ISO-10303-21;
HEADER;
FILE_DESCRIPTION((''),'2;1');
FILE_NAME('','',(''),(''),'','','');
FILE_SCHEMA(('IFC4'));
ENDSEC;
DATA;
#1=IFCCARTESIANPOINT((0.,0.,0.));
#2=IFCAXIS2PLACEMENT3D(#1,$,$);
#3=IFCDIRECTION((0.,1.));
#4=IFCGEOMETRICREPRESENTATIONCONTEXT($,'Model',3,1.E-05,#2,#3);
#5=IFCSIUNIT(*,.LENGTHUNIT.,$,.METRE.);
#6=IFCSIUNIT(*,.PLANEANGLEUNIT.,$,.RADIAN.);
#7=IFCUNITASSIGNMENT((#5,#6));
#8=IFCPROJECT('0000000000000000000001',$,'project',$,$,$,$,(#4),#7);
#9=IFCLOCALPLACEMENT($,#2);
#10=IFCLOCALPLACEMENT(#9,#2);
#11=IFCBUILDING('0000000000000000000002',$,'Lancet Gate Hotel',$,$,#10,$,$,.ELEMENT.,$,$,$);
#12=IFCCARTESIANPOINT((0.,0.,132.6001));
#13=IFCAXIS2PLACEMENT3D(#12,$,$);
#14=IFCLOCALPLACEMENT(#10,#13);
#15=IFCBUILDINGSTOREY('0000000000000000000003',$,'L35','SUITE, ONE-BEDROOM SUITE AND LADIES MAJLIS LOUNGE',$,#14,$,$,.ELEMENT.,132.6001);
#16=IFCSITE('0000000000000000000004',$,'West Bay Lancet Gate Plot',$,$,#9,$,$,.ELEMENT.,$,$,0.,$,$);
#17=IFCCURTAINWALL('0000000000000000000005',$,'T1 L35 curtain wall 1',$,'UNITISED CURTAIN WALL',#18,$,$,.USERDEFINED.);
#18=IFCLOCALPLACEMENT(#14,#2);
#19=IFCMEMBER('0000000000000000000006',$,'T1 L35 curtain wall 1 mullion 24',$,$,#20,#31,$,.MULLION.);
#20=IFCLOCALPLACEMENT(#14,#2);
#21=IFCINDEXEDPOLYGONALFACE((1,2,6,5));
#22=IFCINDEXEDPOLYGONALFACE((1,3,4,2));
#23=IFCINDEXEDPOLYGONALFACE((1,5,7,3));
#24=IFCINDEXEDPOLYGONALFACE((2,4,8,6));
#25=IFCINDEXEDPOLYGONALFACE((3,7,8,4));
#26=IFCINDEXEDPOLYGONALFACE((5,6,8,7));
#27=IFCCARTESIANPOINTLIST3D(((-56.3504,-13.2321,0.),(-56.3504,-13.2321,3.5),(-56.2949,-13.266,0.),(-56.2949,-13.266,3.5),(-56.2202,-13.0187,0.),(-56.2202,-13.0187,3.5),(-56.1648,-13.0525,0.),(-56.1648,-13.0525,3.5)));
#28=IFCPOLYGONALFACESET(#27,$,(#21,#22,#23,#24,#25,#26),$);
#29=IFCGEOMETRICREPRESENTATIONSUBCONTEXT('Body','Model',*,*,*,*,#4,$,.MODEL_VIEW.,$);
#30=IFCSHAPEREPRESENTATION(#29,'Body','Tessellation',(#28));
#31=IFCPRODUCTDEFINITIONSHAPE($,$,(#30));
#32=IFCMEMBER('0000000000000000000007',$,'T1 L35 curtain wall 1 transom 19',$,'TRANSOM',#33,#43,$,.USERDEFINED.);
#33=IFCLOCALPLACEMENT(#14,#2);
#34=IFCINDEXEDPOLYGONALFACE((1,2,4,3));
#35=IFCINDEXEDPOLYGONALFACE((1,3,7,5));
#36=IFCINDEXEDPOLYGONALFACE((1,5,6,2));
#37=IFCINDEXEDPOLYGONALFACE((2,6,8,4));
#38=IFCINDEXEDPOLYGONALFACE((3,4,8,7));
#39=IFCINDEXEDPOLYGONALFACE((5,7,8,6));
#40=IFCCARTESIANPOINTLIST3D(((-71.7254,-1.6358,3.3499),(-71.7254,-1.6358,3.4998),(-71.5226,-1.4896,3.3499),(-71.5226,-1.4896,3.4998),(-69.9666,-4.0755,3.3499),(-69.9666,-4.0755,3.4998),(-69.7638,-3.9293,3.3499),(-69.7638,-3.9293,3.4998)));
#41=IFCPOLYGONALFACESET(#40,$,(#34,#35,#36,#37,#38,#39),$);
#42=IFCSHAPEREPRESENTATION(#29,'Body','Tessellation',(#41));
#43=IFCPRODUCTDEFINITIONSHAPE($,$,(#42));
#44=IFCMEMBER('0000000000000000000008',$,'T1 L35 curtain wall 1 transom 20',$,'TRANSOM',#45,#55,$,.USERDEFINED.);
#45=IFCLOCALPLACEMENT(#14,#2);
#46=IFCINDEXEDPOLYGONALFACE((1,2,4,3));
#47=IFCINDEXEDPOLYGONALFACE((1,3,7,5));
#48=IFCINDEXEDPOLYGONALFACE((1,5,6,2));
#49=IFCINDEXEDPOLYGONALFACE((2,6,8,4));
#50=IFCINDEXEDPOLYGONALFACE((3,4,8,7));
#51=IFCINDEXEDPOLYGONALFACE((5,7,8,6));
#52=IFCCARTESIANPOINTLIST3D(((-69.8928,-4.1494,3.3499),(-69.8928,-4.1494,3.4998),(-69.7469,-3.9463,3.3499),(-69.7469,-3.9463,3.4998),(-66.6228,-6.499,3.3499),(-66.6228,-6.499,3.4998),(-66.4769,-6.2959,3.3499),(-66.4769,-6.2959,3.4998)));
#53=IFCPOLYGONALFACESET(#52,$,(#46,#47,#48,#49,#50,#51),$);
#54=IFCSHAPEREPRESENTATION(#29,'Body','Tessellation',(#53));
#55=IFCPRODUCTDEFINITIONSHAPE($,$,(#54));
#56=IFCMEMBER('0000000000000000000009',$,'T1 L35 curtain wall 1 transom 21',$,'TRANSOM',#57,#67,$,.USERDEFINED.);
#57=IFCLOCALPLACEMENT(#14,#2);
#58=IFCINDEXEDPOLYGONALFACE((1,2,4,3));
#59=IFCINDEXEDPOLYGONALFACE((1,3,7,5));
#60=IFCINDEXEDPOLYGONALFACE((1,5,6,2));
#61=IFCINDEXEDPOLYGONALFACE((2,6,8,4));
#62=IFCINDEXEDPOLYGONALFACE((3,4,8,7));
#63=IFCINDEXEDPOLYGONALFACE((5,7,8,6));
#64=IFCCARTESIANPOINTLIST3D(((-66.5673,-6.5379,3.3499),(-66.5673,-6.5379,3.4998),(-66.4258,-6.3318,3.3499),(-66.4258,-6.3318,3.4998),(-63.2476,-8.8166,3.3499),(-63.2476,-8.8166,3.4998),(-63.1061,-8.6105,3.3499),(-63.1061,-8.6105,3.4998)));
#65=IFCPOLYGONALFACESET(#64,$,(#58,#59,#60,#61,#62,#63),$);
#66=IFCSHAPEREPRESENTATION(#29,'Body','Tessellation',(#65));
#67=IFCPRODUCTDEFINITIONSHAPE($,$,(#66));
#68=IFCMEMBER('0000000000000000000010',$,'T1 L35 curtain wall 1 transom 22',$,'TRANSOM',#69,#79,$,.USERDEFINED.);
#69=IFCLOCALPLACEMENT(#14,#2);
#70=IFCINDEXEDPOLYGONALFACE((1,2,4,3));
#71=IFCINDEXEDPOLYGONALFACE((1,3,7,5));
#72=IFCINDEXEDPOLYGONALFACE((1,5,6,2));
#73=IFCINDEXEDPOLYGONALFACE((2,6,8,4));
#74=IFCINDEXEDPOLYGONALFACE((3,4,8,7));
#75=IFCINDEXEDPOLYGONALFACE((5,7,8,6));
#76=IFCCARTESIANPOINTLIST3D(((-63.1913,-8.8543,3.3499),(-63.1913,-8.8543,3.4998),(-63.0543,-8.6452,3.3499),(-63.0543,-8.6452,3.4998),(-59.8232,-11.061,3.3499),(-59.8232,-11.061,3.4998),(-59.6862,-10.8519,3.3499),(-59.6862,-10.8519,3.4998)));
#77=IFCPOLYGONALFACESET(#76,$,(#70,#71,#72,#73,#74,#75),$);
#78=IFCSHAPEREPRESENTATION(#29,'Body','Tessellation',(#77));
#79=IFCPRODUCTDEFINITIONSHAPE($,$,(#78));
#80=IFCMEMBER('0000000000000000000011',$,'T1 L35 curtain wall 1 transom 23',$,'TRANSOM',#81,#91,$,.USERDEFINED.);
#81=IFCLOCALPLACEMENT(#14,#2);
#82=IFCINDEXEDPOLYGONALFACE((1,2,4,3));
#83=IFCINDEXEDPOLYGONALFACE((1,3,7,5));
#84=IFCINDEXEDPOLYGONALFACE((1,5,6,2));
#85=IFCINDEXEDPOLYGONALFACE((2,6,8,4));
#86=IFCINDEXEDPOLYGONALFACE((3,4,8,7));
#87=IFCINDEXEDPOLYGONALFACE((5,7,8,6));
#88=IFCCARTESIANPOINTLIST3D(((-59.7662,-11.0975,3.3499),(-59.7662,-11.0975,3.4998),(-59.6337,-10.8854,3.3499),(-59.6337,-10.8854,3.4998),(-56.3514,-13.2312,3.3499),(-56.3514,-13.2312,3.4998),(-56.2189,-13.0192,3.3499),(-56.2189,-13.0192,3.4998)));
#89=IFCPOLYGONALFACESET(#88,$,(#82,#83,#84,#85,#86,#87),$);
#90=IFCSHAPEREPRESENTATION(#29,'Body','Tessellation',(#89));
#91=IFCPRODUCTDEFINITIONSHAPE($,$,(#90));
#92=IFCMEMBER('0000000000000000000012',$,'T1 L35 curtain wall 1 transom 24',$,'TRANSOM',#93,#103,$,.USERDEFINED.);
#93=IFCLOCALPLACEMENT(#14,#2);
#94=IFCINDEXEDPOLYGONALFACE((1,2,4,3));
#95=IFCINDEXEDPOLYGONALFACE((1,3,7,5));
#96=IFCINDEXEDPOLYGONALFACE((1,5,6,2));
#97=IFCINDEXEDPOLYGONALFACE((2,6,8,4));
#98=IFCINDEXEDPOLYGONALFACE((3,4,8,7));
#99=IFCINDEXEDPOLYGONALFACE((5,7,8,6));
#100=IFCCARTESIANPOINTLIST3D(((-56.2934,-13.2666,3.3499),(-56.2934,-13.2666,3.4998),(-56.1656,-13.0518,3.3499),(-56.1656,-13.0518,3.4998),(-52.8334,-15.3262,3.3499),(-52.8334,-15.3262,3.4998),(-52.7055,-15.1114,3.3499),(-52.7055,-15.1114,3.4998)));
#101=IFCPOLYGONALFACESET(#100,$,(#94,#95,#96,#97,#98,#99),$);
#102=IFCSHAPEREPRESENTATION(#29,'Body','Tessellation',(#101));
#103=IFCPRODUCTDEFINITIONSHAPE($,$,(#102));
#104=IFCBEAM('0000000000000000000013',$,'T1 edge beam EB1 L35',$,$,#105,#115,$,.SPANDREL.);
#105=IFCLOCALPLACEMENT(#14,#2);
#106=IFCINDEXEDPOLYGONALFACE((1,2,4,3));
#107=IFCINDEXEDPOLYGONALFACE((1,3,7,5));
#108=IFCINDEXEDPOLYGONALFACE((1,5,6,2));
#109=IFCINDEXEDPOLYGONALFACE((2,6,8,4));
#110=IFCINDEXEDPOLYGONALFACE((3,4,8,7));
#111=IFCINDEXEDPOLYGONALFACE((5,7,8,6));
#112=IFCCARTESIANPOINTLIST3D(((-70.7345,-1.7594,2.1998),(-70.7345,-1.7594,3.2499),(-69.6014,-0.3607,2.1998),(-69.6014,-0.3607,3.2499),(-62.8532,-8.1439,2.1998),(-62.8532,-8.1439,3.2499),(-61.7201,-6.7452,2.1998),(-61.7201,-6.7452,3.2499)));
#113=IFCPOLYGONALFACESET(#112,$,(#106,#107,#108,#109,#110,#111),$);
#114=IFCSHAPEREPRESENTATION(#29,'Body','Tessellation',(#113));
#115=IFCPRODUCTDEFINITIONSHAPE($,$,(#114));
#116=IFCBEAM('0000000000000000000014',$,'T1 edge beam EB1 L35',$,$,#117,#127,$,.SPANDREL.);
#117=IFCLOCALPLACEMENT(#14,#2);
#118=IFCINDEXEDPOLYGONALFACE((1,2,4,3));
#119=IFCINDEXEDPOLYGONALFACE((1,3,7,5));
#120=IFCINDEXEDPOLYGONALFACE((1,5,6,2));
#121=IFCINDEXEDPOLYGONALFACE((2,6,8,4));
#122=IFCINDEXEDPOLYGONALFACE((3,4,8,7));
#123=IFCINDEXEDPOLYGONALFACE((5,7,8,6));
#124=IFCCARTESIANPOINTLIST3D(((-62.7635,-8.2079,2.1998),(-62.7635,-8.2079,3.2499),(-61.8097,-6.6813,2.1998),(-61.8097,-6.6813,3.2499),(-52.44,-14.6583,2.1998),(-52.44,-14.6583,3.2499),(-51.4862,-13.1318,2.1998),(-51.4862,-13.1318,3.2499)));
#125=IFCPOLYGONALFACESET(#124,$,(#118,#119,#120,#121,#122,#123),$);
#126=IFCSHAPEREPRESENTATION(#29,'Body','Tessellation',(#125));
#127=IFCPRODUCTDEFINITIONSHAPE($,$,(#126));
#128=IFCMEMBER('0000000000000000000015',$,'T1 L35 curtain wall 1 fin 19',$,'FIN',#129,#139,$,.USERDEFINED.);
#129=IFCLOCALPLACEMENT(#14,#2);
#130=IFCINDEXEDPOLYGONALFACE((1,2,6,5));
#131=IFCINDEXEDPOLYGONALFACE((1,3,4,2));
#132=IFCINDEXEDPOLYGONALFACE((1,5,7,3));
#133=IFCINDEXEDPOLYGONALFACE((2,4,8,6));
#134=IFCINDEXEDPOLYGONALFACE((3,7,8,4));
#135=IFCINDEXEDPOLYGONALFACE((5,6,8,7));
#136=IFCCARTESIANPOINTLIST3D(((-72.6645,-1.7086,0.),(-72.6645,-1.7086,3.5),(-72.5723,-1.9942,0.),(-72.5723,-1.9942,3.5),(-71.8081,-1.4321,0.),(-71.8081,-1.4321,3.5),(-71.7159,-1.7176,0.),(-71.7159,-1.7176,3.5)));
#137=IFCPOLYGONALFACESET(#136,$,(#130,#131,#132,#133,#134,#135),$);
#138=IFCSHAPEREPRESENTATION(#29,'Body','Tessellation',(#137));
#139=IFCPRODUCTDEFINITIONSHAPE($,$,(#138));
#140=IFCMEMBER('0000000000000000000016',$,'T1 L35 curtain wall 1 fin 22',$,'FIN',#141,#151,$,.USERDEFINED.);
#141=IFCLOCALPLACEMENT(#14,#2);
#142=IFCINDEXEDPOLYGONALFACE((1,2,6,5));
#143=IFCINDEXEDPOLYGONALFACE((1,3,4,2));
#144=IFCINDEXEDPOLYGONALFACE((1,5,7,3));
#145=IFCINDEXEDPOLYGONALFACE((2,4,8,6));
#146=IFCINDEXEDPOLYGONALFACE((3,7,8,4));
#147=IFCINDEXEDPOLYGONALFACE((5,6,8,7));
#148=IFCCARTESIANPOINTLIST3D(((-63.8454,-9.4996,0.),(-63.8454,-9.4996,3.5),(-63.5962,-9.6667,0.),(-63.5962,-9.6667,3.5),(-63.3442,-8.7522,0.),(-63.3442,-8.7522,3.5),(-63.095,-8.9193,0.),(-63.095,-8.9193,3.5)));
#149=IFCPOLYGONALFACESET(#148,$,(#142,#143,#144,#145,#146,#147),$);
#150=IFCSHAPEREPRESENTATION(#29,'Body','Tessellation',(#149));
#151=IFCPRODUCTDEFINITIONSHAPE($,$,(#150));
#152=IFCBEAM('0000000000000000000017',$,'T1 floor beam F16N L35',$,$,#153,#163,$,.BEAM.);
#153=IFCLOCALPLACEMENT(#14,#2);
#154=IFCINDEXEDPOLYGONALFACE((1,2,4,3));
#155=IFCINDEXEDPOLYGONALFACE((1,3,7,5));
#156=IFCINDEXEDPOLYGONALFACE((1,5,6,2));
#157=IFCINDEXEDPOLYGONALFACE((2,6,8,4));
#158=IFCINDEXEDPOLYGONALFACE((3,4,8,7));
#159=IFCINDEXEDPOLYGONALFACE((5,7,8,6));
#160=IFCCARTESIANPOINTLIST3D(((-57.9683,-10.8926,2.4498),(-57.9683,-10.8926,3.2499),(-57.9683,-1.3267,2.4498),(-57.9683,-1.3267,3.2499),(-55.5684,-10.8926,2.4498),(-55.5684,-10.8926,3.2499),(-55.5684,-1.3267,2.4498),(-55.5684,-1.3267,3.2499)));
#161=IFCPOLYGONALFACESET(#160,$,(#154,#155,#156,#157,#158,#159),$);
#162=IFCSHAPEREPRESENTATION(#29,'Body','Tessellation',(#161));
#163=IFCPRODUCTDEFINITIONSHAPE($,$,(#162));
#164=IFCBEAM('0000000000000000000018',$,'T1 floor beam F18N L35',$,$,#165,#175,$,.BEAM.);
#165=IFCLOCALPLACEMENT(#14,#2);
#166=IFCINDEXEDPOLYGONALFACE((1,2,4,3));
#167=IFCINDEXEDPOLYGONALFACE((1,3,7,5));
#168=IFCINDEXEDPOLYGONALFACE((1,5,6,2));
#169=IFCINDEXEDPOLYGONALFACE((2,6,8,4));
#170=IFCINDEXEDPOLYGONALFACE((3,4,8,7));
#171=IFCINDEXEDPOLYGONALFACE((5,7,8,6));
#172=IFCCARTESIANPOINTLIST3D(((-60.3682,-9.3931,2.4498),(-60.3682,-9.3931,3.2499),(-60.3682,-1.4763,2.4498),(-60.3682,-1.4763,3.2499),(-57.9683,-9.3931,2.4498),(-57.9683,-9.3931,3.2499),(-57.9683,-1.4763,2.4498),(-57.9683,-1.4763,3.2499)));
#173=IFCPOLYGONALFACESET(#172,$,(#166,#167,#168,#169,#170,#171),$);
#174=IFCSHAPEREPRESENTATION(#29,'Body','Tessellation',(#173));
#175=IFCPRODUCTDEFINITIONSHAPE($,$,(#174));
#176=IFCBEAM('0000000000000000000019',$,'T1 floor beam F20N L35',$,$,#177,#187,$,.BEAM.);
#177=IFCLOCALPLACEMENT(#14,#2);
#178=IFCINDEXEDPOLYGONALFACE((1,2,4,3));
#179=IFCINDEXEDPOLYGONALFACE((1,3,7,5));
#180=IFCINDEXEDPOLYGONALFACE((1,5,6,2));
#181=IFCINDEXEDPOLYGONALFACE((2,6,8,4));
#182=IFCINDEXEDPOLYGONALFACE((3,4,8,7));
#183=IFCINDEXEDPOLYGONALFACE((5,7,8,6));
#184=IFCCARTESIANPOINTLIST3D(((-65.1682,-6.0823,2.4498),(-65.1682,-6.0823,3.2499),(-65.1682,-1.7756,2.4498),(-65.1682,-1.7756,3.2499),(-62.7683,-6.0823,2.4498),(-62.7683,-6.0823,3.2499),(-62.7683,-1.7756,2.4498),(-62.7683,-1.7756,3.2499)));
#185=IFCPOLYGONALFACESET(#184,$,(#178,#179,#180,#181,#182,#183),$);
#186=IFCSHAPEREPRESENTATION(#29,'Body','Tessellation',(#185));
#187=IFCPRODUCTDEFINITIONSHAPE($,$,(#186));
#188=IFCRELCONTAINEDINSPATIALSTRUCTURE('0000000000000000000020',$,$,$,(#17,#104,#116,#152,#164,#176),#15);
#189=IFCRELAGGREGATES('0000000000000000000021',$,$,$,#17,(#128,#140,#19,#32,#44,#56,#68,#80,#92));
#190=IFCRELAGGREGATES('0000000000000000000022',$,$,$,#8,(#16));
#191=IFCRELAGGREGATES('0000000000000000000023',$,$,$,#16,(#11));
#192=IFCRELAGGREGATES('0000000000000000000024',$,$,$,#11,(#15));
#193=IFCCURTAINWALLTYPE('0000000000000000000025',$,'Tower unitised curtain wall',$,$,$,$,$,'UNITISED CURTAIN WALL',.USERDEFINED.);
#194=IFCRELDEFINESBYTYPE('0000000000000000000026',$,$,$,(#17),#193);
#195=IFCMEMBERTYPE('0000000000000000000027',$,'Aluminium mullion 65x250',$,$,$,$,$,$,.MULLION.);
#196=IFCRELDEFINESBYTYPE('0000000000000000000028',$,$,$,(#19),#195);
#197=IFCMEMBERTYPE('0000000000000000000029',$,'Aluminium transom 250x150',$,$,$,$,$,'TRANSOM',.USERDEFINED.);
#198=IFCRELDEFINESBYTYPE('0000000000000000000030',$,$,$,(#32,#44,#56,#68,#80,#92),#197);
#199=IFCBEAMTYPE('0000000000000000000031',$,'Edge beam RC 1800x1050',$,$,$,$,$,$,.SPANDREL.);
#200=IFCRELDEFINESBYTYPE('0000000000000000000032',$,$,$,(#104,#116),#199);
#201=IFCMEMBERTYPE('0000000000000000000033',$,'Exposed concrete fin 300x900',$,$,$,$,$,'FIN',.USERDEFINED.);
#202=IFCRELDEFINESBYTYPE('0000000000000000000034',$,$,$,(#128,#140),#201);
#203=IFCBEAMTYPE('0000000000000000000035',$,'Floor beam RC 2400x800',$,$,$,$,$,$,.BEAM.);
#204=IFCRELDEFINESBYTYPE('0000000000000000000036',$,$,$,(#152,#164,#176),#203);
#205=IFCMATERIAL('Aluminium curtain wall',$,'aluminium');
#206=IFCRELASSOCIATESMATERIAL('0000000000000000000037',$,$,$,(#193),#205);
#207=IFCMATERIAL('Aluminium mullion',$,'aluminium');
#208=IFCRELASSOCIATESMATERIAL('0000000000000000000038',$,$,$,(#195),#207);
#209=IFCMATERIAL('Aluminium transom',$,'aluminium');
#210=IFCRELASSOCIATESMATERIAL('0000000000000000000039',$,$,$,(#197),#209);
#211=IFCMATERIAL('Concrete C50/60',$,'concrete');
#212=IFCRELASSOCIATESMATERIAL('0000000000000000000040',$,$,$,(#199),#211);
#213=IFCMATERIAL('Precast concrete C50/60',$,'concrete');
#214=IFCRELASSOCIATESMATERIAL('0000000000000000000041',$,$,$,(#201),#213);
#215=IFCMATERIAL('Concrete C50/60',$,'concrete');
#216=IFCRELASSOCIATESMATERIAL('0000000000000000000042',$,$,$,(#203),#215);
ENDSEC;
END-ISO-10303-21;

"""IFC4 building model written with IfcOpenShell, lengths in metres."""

from ifc_helpers import new_model, si_unit, direction, frame, origin, origin_2d, place, context, subcontext, project, spatial, rectangle, extrude, material, material_profile, profile_set, type_object, element, aggregate, save


model = new_model("IFC4")

# Units and contexts
model_context = context("Model", 3, precision=1e-05, world=origin(), true_north=direction((0.0, 1.0)))
body_context = subcontext(model_context, "Body", "Model", "MODEL_VIEW")
ifc_project = project(units=[si_unit("LENGTHUNIT", "METRE"), si_unit("PLANEANGLEUNIT", "RADIAN")], contexts=[model_context])

# Site, building, storey
site_placement = place(None, origin())
site = spatial("IfcSite", under=ifc_project, at=site_placement, Name="West Bay Lancet Gate Plot", CompositionType="ELEMENT", RefElevation=0.0)
building_placement = place(site_placement, origin())
building = spatial("IfcBuilding", under=site, at=building_placement, Name="Lancet Gate Hotel", CompositionType="ELEMENT")
storey_placement = place(building_placement, frame((0.0, 0.0, 132.6001)))
storey = spatial("IfcBuildingStorey", under=building, at=storey_placement, Name="L35", Description="SUITE, ONE-BEDROOM SUITE AND LADIES MAJLIS LOUNGE", CompositionType="ELEMENT", Elevation=132.6001)

# Curtain wall, members
ifc_material_1 = material(Name="Aluminium curtain wall", Category="aluminium")
curtain_wall_type = type_object("IfcCurtainWallType", Name="Tower unitised curtain wall", ElementType="UNITISED CURTAIN WALL", PredefinedType="USERDEFINED", material=ifc_material_1)
curtain_wall_placement = place(storey_placement, origin())
curtain_wall = element("IfcCurtainWall", 1, at=curtain_wall_placement, inside=storey, type_object=curtain_wall_type, Name="T1 L35 curtain wall 1", ObjectType="UNITISED CURTAIN WALL", PredefinedType="USERDEFINED")
ifc_material_2 = material(Name="Aluminium mullion", Category="aluminium")
ifc_material_profile_1 = material_profile(ifc_material_2, rectangle(XDim=0.0649, YDim=0.25, at=origin_2d()), Name="MULLION 65x250")
ifc_profile_set_1 = profile_set([ifc_material_profile_1], Name="Aluminium mullion")
member_type_1 = type_object("IfcMemberType", Name="Aluminium mullion 65x250", PredefinedType="MULLION", material=ifc_profile_set_1)
member_1_placement = place(storey_placement, frame((-56.2576, -13.1423, 0.0), z_axis=(0.0, 0.0, 1.0), x_axis=(0.853716, -0.520739, 0.0)))
member_1 = element("IfcMember", 2, at=member_1_placement, type_object=member_type_1, Name="T1 L35 curtain wall 1 mullion 24", PredefinedType="MULLION", context=body_context, shape_type="SweptSolid", body=[
    extrude(rectangle(XDim=0.0649, YDim=0.25, at=origin_2d()), origin(), (0.0, 0.0, 1.0), 3.5),
])
ifc_material_3 = material(Name="Aluminium transom", Category="aluminium")
ifc_material_profile_2 = material_profile(ifc_material_3, rectangle(XDim=0.25, YDim=0.1499, at=origin_2d()), Name="TRANSOM 250x150")
ifc_profile_set_2 = profile_set([ifc_material_profile_2], Name="Aluminium transom")
member_type_2 = type_object("IfcMemberType", Name="Aluminium transom 250x150", ElementType="TRANSOM", PredefinedType="USERDEFINED", material=ifc_profile_set_2)
member_2_placement = place(storey_placement, frame((-71.624, -1.5627, 3.4248), z_axis=(0.584788, -0.811186, 0.0), x_axis=(0.811186, 0.584788, 0.0)))
member_2 = element("IfcMember", 3, at=member_2_placement, type_object=member_type_2, Name="T1 L35 curtain wall 1 transom 19", ObjectType="TRANSOM", PredefinedType="USERDEFINED", context=body_context, shape_type="SweptSolid", body=[
    extrude(rectangle(XDim=0.25, YDim=0.1499, at=origin_2d()), origin(), (0.0, 0.0, 1.0), 3.0076),
])
member_3_placement = place(storey_placement, frame((-69.8198, -4.0479, 3.4248), z_axis=(0.8121, -0.583519, 0.0), x_axis=(0.583519, 0.8121, 0.0)))
member_3 = element("IfcMember", 4, at=member_3_placement, type_object=member_type_2, Name="T1 L35 curtain wall 1 transom 20", ObjectType="TRANSOM", PredefinedType="USERDEFINED", context=body_context, shape_type="SweptSolid", body=[
    extrude(rectangle(XDim=0.25, YDim=0.1499, at=origin_2d()), origin(), (0.0, 0.0, 1.0), 4.0266),
])
member_4_placement = place(storey_placement, frame((-66.4966, -6.4348, 3.4248), z_axis=(0.824456, -0.565927, 0.0), x_axis=(0.565927, 0.824456, 0.0)))
member_4 = element("IfcMember", 5, at=member_4_placement, type_object=member_type_2, Name="T1 L35 curtain wall 1 transom 21", ObjectType="TRANSOM", PredefinedType="USERDEFINED", context=body_context, shape_type="SweptSolid", body=[
    extrude(rectangle(XDim=0.25, YDim=0.1499, at=origin_2d()), origin(), (0.0, 0.0, 1.0), 4.0266),
])
member_5_placement = place(storey_placement, frame((-63.1228, -8.7498, 3.4248), z_axis=(0.836454, -0.548036, 0.0), x_axis=(0.548036, 0.836454, 0.0)))
member_5 = element("IfcMember", 6, at=member_5_placement, type_object=member_type_2, Name="T1 L35 curtain wall 1 transom 22", ObjectType="TRANSOM", PredefinedType="USERDEFINED", context=body_context, shape_type="SweptSolid", body=[
    extrude(rectangle(XDim=0.25, YDim=0.1499, at=origin_2d()), origin(), (0.0, 0.0, 1.0), 4.0266),
])
member_6_placement = place(storey_placement, frame((-59.7, -10.9915, 3.4248), z_axis=(0.848049, -0.529917, 0.0), x_axis=(0.529917, 0.848049, 0.0)))
member_6 = element("IfcMember", 7, at=member_6_placement, type_object=member_type_2, Name="T1 L35 curtain wall 1 transom 23", ObjectType="TRANSOM", PredefinedType="USERDEFINED", context=body_context, shape_type="SweptSolid", body=[
    extrude(rectangle(XDim=0.25, YDim=0.1499, at=origin_2d()), origin(), (0.0, 0.0, 1.0), 4.0266),
])
member_7_placement = place(storey_placement, frame((-56.2295, -13.1592, 3.4248), z_axis=(0.859285, -0.511497, 0.0), x_axis=(0.511497, 0.859285, 0.0)))
member_7 = element("IfcMember", 8, at=member_7_placement, type_object=member_type_2, Name="T1 L35 curtain wall 1 transom 24", ObjectType="TRANSOM", PredefinedType="USERDEFINED", context=body_context, shape_type="SweptSolid", body=[
    extrude(rectangle(XDim=0.25, YDim=0.1499, at=origin_2d()), origin(), (0.0, 0.0, 1.0), 4.0266),
])

# Beams
ifc_material_4 = material(Name="Concrete C50/60", Category="concrete")
ifc_material_profile_3 = material_profile(ifc_material_4, rectangle(XDim=1.8, YDim=1.05, at=origin_2d()), Name="RC 1800x1050")
ifc_profile_set_3 = profile_set([ifc_material_profile_3], Name="Concrete C50/60")
beam_type_1 = type_object("IfcBeamType", Name="Edge beam RC 1800x1050", PredefinedType="SPANDREL", material=ifc_profile_set_3)
beam_1_placement = place(storey_placement, frame((-70.168, -1.0601, 2.7249), z_axis=(0.777034, -0.629459, 0.0), x_axis=(0.629459, 0.777034, 0.0)))
element("IfcBeam", 9, at=beam_1_placement, inside=storey, type_object=beam_type_1, Name="T1 edge beam EB1 L35", PredefinedType="SPANDREL", context=body_context, shape_type="SweptSolid", body=[
    extrude(rectangle(XDim=1.8, YDim=1.05, at=origin_2d()), origin(), (0.0, 0.0, 1.0), 10.1428),
])
beam_2_placement = place(storey_placement, frame((-62.2866, -7.4446, 2.7249), z_axis=(0.848063, -0.529896, 0.0), x_axis=(0.529896, 0.848063, 0.0)))
element("IfcBeam", 10, at=beam_2_placement, inside=storey, type_object=beam_type_1, Name="T1 edge beam EB1 L35", PredefinedType="SPANDREL", context=body_context, shape_type="SweptSolid", body=[
    extrude(rectangle(XDim=1.8, YDim=1.05, at=origin_2d()), origin(), (0.0, 0.0, 1.0), 12.1731),
])

# Members
ifc_material_5 = material(Name="Precast concrete C50/60", Category="concrete")
ifc_material_profile_4 = material_profile(ifc_material_5, rectangle(XDim=0.3, YDim=0.8999, at=origin_2d()), Name="FIN 300x900")
ifc_profile_set_4 = profile_set([ifc_material_profile_4], Name="Precast concrete C50/60")
member_type_3 = type_object("IfcMemberType", Name="Exposed concrete fin 300x900", ElementType="FIN", PredefinedType="USERDEFINED", material=ifc_profile_set_4)
member_8_placement = place(storey_placement, frame((-72.1902, -1.7131, 0.0), z_axis=(0.0, 0.0, 1.0), x_axis=(0.307269, -0.951623, 0.0)))
member_8 = element("IfcMember", 11, at=member_8_placement, type_object=member_type_3, Name="T1 L35 curtain wall 1 fin 19", ObjectType="FIN", PredefinedType="USERDEFINED", context=body_context, shape_type="SweptSolid", body=[
    extrude(rectangle(XDim=0.3, YDim=0.8999, at=origin_2d()), origin(), (0.0, 0.0, 1.0), 3.5),
])
member_9_placement = place(storey_placement, frame((-63.4702, -9.2095, 0.0), z_axis=(0.0, 0.0, 1.0), x_axis=(0.83051, -0.557004, 0.0)))
member_9 = element("IfcMember", 12, at=member_9_placement, type_object=member_type_3, Name="T1 L35 curtain wall 1 fin 22", ObjectType="FIN", PredefinedType="USERDEFINED", context=body_context, shape_type="SweptSolid", body=[
    extrude(rectangle(XDim=0.3, YDim=0.8999, at=origin_2d()), origin(), (0.0, 0.0, 1.0), 3.5),
])

# Beams
ifc_material_6 = material(Name="Concrete C50/60", Category="concrete")
ifc_material_profile_5 = material_profile(ifc_material_6, rectangle(XDim=2.3999, YDim=0.8, at=origin_2d()), Name="RC 2400x800")
ifc_profile_set_5 = profile_set([ifc_material_profile_5], Name="Concrete C50/60")
beam_type_2 = type_object("IfcBeamType", Name="Floor beam RC 2400x800", PredefinedType="BEAM", material=ifc_profile_set_5)
beam_3_placement = place(storey_placement, frame((-56.7683, -1.3267, 2.8499), z_axis=(0.0, -1.0, 0.0), x_axis=(1.0, 0.0, 0.0)))
element("IfcBeam", 13, at=beam_3_placement, inside=storey, type_object=beam_type_2, Name="T1 floor beam F16N L35", PredefinedType="BEAM", context=body_context, shape_type="SweptSolid", body=[
    extrude(rectangle(XDim=2.3999, YDim=0.8, at=origin_2d()), origin(), (0.0, 0.0, 1.0), 9.5659),
])
beam_4_placement = place(storey_placement, frame((-59.1682, -1.4763, 2.8499), z_axis=(0.0, -1.0, 0.0), x_axis=(1.0, 0.0, 0.0)))
element("IfcBeam", 14, at=beam_4_placement, inside=storey, type_object=beam_type_2, Name="T1 floor beam F18N L35", PredefinedType="BEAM", context=body_context, shape_type="SweptSolid", body=[
    extrude(rectangle(XDim=2.3999, YDim=0.8, at=origin_2d()), origin(), (0.0, 0.0, 1.0), 7.9167),
])
beam_5_placement = place(storey_placement, frame((-63.9683, -1.7756, 2.8499), z_axis=(0.0, -1.0, 0.0), x_axis=(1.0, 0.0, 0.0)))
element("IfcBeam", 15, at=beam_5_placement, inside=storey, type_object=beam_type_2, Name="T1 floor beam F20N L35", PredefinedType="BEAM", context=body_context, shape_type="SweptSolid", body=[
    extrude(rectangle(XDim=2.3999, YDim=0.8, at=origin_2d()), origin(), (0.0, 0.0, 1.0), 4.3066),
])

aggregate(curtain_wall, [member_8, member_9, member_1, member_2, member_3, member_4, member_5, member_6, member_7])

save(model, "model.ifc")
